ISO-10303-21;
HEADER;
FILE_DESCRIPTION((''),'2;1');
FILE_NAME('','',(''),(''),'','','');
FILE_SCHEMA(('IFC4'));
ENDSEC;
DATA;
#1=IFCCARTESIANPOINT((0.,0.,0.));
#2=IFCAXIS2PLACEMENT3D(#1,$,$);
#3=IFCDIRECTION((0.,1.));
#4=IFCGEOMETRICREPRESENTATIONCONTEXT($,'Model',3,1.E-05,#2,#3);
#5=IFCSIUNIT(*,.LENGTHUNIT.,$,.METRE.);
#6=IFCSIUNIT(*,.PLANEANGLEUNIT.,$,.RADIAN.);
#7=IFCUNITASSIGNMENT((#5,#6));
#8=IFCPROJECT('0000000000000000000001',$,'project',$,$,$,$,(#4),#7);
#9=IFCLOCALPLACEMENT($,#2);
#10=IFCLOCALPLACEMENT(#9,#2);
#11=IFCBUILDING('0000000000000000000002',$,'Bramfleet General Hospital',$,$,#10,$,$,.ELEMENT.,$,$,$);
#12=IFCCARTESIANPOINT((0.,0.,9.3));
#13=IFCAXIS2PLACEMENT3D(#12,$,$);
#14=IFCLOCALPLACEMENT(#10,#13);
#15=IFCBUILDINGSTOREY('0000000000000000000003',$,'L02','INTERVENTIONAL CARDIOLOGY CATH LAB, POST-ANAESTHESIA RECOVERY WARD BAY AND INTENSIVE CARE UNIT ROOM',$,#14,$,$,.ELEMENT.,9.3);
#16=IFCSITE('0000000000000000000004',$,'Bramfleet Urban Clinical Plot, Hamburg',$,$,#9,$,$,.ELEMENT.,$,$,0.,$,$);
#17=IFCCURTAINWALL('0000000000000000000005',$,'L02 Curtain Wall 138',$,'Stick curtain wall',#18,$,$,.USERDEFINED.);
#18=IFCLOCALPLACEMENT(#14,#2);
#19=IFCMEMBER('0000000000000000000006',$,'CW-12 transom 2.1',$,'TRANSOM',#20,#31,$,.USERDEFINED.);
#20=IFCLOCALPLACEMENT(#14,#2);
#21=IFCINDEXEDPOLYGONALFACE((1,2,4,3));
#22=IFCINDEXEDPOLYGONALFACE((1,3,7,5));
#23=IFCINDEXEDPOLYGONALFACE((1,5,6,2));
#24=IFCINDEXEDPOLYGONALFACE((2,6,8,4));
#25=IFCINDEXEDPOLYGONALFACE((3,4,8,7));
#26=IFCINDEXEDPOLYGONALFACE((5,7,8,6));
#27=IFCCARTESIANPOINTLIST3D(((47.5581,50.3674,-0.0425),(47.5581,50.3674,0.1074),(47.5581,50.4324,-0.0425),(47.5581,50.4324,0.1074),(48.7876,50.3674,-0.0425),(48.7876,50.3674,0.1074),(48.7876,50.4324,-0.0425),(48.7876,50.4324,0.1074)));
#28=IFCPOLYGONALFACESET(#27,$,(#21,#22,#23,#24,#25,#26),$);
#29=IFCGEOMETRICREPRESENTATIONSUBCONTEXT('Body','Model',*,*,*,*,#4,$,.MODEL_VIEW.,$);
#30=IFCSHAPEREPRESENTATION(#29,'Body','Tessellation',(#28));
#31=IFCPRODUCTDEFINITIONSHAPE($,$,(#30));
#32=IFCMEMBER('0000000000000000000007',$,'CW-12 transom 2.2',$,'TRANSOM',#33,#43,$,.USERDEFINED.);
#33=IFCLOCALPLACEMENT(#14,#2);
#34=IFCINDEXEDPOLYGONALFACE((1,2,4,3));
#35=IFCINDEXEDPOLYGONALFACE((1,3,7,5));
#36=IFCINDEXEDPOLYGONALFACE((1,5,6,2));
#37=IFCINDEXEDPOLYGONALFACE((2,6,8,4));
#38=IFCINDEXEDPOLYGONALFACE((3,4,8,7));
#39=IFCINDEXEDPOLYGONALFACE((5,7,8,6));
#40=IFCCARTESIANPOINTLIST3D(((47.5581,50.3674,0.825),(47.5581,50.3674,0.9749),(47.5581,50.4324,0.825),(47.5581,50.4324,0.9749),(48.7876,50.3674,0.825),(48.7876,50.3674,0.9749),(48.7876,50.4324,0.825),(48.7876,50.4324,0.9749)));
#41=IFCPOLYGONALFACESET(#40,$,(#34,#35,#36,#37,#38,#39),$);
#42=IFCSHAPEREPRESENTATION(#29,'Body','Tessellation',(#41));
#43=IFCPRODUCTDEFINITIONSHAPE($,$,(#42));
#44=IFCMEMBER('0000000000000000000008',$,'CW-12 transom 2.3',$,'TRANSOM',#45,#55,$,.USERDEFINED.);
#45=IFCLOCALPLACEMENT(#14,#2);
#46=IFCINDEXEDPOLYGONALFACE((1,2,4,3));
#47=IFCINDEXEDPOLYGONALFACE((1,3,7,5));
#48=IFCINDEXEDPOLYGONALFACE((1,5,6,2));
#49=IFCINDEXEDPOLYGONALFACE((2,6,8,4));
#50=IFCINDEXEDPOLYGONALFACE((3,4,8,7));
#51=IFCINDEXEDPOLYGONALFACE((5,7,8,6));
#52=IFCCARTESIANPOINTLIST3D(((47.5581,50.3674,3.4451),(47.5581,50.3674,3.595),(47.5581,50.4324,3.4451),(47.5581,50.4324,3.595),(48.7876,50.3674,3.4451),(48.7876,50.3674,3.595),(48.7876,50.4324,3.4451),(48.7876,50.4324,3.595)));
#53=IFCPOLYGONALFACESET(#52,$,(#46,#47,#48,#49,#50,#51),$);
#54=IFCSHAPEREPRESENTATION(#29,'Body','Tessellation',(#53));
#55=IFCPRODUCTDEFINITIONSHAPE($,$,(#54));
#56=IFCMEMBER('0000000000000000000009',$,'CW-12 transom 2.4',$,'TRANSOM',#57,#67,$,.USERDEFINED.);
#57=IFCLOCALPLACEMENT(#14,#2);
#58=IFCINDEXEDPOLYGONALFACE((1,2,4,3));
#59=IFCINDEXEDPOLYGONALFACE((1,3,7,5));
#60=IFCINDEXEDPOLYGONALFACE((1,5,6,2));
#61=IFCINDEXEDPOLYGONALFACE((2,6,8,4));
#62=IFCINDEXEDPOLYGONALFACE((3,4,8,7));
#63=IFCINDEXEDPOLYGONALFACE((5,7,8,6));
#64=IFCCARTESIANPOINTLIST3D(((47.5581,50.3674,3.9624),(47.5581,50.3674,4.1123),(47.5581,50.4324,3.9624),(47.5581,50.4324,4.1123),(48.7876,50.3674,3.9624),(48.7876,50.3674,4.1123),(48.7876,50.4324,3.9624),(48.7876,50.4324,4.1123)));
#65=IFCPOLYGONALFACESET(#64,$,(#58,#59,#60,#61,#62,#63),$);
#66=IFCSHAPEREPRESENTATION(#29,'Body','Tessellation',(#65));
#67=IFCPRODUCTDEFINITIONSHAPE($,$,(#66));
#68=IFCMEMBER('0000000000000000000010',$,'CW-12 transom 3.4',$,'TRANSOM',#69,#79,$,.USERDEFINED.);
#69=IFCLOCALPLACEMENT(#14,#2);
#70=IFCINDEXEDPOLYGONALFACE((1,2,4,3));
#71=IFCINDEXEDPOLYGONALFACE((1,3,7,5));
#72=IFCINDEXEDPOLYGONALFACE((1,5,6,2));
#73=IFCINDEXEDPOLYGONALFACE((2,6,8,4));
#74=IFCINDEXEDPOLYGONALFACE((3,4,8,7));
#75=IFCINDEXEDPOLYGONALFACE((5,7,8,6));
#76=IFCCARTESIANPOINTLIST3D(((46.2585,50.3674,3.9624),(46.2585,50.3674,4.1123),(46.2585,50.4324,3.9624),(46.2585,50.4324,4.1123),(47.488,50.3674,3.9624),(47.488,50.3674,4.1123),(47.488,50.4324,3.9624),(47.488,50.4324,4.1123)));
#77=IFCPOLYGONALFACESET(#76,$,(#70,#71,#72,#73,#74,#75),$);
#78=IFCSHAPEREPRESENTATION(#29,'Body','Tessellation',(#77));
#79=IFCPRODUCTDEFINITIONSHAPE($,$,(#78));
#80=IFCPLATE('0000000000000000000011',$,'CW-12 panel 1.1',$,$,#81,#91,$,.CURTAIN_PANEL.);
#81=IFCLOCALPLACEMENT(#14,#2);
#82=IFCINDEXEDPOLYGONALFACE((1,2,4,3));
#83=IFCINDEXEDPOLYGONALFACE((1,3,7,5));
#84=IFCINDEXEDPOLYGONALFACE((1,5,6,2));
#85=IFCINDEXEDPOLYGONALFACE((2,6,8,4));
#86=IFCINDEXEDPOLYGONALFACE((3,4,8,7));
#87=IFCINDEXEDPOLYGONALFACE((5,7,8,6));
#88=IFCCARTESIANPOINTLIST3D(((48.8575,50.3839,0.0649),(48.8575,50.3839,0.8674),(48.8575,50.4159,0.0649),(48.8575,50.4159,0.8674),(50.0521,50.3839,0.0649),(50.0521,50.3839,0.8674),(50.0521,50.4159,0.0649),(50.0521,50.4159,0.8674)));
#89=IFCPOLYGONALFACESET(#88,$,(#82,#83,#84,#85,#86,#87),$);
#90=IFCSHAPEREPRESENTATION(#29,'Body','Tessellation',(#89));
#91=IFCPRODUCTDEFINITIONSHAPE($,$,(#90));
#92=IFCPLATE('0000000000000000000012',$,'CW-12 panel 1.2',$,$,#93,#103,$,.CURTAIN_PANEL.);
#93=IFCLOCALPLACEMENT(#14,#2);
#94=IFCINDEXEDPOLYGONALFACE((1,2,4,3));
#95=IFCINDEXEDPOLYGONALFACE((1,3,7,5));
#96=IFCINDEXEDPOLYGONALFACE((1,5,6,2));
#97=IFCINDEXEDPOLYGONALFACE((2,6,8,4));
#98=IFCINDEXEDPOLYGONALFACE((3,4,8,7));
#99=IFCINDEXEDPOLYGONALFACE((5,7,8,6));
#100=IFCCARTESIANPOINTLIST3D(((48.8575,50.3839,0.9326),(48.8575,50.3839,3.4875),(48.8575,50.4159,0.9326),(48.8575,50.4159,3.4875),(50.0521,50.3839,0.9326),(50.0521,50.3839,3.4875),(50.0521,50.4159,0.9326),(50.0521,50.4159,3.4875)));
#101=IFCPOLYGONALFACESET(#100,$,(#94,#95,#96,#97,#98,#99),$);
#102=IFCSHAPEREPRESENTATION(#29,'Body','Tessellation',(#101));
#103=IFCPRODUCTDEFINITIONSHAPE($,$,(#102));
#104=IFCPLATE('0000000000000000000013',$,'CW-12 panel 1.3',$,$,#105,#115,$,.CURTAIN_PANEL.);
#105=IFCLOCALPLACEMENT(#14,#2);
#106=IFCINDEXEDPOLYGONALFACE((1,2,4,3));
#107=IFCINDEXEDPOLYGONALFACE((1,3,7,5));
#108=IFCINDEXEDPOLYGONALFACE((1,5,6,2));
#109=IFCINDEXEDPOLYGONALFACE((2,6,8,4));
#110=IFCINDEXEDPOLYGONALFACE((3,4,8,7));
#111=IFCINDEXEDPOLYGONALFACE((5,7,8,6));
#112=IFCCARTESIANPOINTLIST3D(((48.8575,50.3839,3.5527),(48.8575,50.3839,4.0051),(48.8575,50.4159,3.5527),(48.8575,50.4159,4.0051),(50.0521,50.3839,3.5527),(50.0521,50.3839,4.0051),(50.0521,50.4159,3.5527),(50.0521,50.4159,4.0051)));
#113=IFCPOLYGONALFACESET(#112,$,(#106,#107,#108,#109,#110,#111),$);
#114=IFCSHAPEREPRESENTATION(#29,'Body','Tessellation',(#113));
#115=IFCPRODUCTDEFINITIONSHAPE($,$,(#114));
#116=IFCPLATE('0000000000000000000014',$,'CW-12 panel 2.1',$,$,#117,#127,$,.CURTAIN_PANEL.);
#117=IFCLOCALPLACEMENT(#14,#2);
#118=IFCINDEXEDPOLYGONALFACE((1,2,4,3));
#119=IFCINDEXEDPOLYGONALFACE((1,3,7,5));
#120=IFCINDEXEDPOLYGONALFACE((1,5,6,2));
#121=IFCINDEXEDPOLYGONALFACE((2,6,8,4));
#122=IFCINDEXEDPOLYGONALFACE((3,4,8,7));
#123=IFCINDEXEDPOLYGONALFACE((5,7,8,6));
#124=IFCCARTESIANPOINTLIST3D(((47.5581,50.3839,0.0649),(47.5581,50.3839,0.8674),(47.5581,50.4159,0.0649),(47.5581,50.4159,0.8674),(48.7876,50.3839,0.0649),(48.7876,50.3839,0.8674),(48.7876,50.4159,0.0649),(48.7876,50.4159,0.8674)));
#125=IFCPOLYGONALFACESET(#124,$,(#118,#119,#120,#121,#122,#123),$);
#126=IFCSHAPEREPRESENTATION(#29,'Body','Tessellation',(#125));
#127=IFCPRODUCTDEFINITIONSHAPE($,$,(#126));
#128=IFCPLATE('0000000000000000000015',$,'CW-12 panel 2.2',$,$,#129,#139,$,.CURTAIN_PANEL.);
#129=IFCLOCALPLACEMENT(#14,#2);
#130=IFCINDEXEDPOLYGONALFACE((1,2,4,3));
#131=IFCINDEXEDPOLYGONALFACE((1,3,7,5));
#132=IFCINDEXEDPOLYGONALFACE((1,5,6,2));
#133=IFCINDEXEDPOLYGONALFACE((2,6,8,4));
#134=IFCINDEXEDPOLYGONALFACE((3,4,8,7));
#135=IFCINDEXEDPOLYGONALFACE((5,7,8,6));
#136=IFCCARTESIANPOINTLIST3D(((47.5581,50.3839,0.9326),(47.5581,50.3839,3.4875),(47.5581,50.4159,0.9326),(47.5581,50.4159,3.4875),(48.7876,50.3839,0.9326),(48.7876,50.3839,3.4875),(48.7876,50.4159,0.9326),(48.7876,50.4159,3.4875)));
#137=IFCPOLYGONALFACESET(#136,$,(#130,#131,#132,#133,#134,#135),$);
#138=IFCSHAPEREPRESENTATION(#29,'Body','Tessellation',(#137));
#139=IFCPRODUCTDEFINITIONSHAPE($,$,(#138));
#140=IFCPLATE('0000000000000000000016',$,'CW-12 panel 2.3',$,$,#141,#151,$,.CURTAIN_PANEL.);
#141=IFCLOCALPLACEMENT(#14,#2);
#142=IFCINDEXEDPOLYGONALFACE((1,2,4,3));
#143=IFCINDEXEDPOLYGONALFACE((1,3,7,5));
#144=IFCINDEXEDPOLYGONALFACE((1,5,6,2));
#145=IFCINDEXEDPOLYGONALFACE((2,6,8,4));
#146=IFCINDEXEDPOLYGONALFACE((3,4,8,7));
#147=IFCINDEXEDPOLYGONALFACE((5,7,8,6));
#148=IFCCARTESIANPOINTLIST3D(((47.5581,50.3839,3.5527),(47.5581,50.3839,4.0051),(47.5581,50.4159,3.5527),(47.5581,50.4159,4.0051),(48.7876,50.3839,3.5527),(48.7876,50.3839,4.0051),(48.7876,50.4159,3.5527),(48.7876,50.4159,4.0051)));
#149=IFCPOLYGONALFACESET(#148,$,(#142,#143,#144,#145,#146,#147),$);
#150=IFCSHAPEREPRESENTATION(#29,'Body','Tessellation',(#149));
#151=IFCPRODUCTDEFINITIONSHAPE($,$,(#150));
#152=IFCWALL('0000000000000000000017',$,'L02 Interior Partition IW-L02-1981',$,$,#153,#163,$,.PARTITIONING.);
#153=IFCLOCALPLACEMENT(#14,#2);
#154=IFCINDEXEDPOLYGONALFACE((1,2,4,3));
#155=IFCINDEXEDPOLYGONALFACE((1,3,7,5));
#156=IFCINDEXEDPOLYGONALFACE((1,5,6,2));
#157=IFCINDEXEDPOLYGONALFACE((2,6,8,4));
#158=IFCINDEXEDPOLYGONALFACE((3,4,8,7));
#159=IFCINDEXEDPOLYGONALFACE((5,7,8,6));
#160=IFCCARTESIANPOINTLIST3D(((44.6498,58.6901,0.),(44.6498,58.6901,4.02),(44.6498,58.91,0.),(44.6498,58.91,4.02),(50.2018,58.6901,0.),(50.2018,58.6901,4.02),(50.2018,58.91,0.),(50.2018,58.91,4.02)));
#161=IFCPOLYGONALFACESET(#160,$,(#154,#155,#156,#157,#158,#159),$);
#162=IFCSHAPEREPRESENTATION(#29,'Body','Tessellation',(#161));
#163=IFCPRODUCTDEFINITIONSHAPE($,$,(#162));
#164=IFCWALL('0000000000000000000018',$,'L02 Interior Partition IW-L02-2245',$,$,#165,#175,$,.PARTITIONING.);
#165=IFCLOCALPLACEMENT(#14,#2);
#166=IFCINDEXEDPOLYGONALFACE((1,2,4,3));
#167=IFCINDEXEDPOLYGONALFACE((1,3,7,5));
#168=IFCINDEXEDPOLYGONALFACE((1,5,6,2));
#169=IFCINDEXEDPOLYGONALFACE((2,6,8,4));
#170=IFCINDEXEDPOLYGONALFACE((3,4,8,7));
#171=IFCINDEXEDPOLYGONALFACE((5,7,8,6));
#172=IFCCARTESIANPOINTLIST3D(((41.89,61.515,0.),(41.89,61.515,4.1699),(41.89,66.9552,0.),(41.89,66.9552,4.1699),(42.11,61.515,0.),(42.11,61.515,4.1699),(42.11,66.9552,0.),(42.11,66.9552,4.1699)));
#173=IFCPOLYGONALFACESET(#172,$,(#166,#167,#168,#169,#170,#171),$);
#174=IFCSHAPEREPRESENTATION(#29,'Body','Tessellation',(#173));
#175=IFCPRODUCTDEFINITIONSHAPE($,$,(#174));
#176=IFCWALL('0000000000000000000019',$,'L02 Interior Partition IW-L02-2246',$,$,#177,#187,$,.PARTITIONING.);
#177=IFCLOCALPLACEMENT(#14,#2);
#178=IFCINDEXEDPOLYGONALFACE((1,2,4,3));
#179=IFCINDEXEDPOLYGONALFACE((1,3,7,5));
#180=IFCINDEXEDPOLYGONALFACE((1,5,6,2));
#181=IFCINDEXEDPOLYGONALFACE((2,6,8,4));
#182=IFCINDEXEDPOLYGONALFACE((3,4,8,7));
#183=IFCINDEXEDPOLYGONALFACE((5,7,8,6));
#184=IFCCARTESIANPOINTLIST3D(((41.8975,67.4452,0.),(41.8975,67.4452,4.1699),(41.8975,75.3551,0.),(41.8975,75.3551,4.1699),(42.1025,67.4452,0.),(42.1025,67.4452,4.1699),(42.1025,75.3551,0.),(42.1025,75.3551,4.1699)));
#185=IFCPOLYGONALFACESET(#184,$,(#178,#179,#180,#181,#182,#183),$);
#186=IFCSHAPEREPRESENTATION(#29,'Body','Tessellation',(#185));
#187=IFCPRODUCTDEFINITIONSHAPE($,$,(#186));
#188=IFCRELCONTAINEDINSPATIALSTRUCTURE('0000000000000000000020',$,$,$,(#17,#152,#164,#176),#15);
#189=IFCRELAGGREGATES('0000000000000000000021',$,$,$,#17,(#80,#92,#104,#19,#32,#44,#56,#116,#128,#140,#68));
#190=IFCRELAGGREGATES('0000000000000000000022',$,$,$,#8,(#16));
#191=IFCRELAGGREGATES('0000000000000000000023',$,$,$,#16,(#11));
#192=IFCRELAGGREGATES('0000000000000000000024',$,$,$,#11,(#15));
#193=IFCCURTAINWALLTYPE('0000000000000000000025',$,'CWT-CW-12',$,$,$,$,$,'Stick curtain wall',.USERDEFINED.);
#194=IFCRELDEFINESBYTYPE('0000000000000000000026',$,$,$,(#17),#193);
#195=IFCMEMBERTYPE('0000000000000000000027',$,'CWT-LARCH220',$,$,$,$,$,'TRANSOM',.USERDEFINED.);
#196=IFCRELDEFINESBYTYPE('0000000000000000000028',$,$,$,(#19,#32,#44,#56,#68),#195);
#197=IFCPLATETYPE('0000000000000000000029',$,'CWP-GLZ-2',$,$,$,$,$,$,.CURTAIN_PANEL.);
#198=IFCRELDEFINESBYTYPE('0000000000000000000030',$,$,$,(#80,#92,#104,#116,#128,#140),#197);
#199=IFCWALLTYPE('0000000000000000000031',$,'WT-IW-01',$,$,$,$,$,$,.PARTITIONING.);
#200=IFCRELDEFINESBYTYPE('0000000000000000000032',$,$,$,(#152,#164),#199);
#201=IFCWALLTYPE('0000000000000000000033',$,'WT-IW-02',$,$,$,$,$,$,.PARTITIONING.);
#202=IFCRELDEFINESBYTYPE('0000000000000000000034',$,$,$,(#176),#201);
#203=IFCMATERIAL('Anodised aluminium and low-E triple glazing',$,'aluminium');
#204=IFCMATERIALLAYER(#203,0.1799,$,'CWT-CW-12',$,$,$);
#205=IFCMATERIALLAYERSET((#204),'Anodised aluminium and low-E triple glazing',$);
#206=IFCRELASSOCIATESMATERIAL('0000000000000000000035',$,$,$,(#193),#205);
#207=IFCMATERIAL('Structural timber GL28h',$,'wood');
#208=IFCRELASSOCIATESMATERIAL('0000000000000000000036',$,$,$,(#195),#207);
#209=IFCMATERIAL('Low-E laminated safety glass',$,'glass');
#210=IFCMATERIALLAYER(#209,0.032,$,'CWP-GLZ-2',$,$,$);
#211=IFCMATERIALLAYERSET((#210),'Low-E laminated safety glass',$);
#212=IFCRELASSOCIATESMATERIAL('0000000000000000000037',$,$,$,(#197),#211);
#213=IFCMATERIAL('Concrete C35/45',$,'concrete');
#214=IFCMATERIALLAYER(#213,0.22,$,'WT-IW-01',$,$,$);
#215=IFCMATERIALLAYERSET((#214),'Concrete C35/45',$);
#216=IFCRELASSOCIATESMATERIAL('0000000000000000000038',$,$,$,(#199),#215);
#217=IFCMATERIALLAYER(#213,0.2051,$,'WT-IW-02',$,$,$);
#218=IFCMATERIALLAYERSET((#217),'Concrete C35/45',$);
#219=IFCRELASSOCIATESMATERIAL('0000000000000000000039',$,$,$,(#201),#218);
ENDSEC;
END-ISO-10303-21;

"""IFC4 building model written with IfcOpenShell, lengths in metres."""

from ifc_helpers import new_model, si_unit, direction, frame, frame_2d, origin, origin_2d, place, context, subcontext, project, spatial, rectangle, extrude, material, layer, layer_set, material_profile, profile_set, type_object, element, aggregate, save


model = new_model("IFC4")

# Units and contexts
model_context = context("Model", 3, precision=1e-05, world=origin(), true_north=direction((0.0, 1.0)))
body_context = subcontext(model_context, "Body", "Model", "MODEL_VIEW")
ifc_project = project(units=[si_unit("LENGTHUNIT", "METRE"), si_unit("PLANEANGLEUNIT", "RADIAN")], contexts=[model_context])

# Site, building, storey
site_placement = place(None, origin())
site = spatial("IfcSite", under=ifc_project, at=site_placement, Name="Bramfleet Urban Clinical Plot, Hamburg", CompositionType="ELEMENT", RefElevation=0.0)
building_placement = place(site_placement, origin())
building = spatial("IfcBuilding", under=site, at=building_placement, Name="Bramfleet General Hospital", CompositionType="ELEMENT")
storey_placement = place(building_placement, frame((0.0, 0.0, 9.3)))
storey = spatial("IfcBuildingStorey", under=building, at=storey_placement, Name="L02", Description="INTERVENTIONAL CARDIOLOGY CATH LAB, POST-ANAESTHESIA RECOVERY WARD BAY AND INTENSIVE CARE UNIT ROOM", CompositionType="ELEMENT", Elevation=9.3)

# Shared definitions
ifc_material_1 = material(Name="Concrete C35/45", Category="concrete")

# Curtain wall, members, plates
ifc_material_2 = material(Name="Anodised aluminium and low-E triple glazing", Category="aluminium")
ifc_layer_1 = layer(ifc_material_2, 0.1799, Name="CWT-CW-12")
ifc_layer_set_1 = layer_set([ifc_layer_1], Name="Anodised aluminium and low-E triple glazing")
curtain_wall_type = type_object("IfcCurtainWallType", Name="CWT-CW-12", ElementType="Stick curtain wall", PredefinedType="USERDEFINED", material=ifc_layer_set_1)
curtain_wall_placement = place(storey_placement, origin())
curtain_wall = element("IfcCurtainWall", 1, at=curtain_wall_placement, inside=storey, type_object=curtain_wall_type, Name="L02 Curtain Wall 138", ObjectType="Stick curtain wall", PredefinedType="USERDEFINED")
ifc_material_3 = material(Name="Structural timber GL28h", Category="wood")
ifc_material_profile_1 = material_profile(ifc_material_3, rectangle(XDim=0.0649, YDim=0.1499, at=origin_2d()), Name="LARCH 150x65")
ifc_profile_set_1 = profile_set([ifc_material_profile_1], Name="Structural timber GL28h")
member_type_1 = type_object("IfcMemberType", Name="CWT-LARCH220", ElementType="TRANSOM", PredefinedType="USERDEFINED", material=ifc_profile_set_1)
member_1_placement = place(storey_placement, frame((48.7876, 50.3999, 0.0325), z_axis=(-1.0, 0.0, 0.0), x_axis=(0.0, -1.0, 0.0)))
member_1 = element("IfcMember", 2, at=member_1_placement, type_object=member_type_1, Name="CW-12 transom 2.1", ObjectType="TRANSOM", PredefinedType="USERDEFINED", context=body_context, shape_type="SweptSolid", body=[
    extrude(rectangle(XDim=0.0649, YDim=0.1499, at=origin_2d()), origin(), (0.0, 0.0, 1.0), 1.2295),
])
member_2_placement = place(storey_placement, frame((48.7876, 50.3999, 0.8999), z_axis=(-1.0, 0.0, 0.0), x_axis=(0.0, -1.0, 0.0)))
member_2 = element("IfcMember", 3, at=member_2_placement, type_object=member_type_1, Name="CW-12 transom 2.2", ObjectType="TRANSOM", PredefinedType="USERDEFINED", context=body_context, shape_type="SweptSolid", body=[
    extrude(rectangle(XDim=0.0649, YDim=0.1499, at=origin_2d()), origin(), (0.0, 0.0, 1.0), 1.2295),
])
member_3_placement = place(storey_placement, frame((48.7876, 50.3999, 3.52), z_axis=(-1.0, 0.0, 0.0), x_axis=(0.0, -1.0, 0.0)))
member_3 = element("IfcMember", 4, at=member_3_placement, type_object=member_type_1, Name="CW-12 transom 2.3", ObjectType="TRANSOM", PredefinedType="USERDEFINED", context=body_context, shape_type="SweptSolid", body=[
    extrude(rectangle(XDim=0.0649, YDim=0.1499, at=origin_2d()), origin(), (0.0, 0.0, 1.0), 1.2295),
])
member_4_placement = place(storey_placement, frame((48.7876, 50.3999, 4.0374), z_axis=(-1.0, 0.0, 0.0), x_axis=(0.0, -1.0, 0.0)))
member_4 = element("IfcMember", 5, at=member_4_placement, type_object=member_type_1, Name="CW-12 transom 2.4", ObjectType="TRANSOM", PredefinedType="USERDEFINED", context=body_context, shape_type="SweptSolid", body=[
    extrude(rectangle(XDim=0.0649, YDim=0.1499, at=origin_2d()), origin(), (0.0, 0.0, 1.0), 1.2295),
])
member_5_placement = place(storey_placement, frame((47.488, 50.3999, 4.0374), z_axis=(-1.0, 0.0, 0.0), x_axis=(0.0, -1.0, 0.0)))
member_5 = element("IfcMember", 6, at=member_5_placement, type_object=member_type_1, Name="CW-12 transom 3.4", ObjectType="TRANSOM", PredefinedType="USERDEFINED", context=body_context, shape_type="SweptSolid", body=[
    extrude(rectangle(XDim=0.0649, YDim=0.1499, at=origin_2d()), origin(), (0.0, 0.0, 1.0), 1.2295),
])
ifc_material_4 = material(Name="Low-E laminated safety glass", Category="glass")
ifc_layer_2 = layer(ifc_material_4, 0.032, Name="CWP-GLZ-2")
ifc_layer_set_2 = layer_set([ifc_layer_2], Name="Low-E laminated safety glass")
plate_type = type_object("IfcPlateType", Name="CWP-GLZ-2", PredefinedType="CURTAIN_PANEL", material=ifc_layer_set_2)
plate_1_placement = place(storey_placement, frame((49.4548, 50.3999, 0.0649), z_axis=(0.0, 0.0, 1.0), x_axis=(-1.0, 0.0, 0.0)))
plate_1 = element("IfcPlate", 7, at=plate_1_placement, type_object=plate_type, Name="CW-12 panel 1.1", PredefinedType="CURTAIN_PANEL", context=body_context, shape_type="SweptSolid", body=[
    extrude(rectangle(XDim=1.1946, YDim=0.032, at=origin_2d()), origin(), (0.0, 0.0, 1.0), 0.8025),
])
plate_2_placement = place(storey_placement, frame((49.4548, 50.3999, 0.9326), z_axis=(0.0, 0.0, 1.0), x_axis=(-1.0, 0.0, 0.0)))
plate_2 = element("IfcPlate", 8, at=plate_2_placement, type_object=plate_type, Name="CW-12 panel 1.2", PredefinedType="CURTAIN_PANEL", context=body_context, shape_type="SweptSolid", body=[
    extrude(rectangle(XDim=1.1946, YDim=0.032, at=origin_2d()), origin(), (0.0, 0.0, 1.0), 2.5549),
])
plate_3_placement = place(storey_placement, frame((49.4548, 50.3999, 3.5527), z_axis=(0.0, 0.0, 1.0), x_axis=(-1.0, 0.0, 0.0)))
plate_3 = element("IfcPlate", 9, at=plate_3_placement, type_object=plate_type, Name="CW-12 panel 1.3", PredefinedType="CURTAIN_PANEL", context=body_context, shape_type="SweptSolid", body=[
    extrude(rectangle(XDim=1.1946, YDim=0.032, at=origin_2d()), origin(), (0.0, 0.0, 1.0), 0.4524),
])
plate_4_placement = place(storey_placement, frame((48.1729, 50.3999, 0.0649), z_axis=(0.0, 0.0, 1.0), x_axis=(-1.0, 0.0, 0.0)))
plate_4 = element("IfcPlate", 10, at=plate_4_placement, type_object=plate_type, Name="CW-12 panel 2.1", PredefinedType="CURTAIN_PANEL", context=body_context, shape_type="SweptSolid", body=[
    extrude(rectangle(XDim=1.2295, YDim=0.032, at=origin_2d()), origin(), (0.0, 0.0, 1.0), 0.8025),
])
plate_5_placement = place(storey_placement, frame((48.1729, 50.3999, 0.9326), z_axis=(0.0, 0.0, 1.0), x_axis=(-1.0, 0.0, 0.0)))
plate_5 = element("IfcPlate", 11, at=plate_5_placement, type_object=plate_type, Name="CW-12 panel 2.2", PredefinedType="CURTAIN_PANEL", context=body_context, shape_type="SweptSolid", body=[
    extrude(rectangle(XDim=1.2295, YDim=0.032, at=origin_2d()), origin(), (0.0, 0.0, 1.0), 2.5549),
])
plate_6_placement = place(storey_placement, frame((48.1729, 50.3999, 3.5527), z_axis=(0.0, 0.0, 1.0), x_axis=(-1.0, 0.0, 0.0)))
plate_6 = element("IfcPlate", 12, at=plate_6_placement, type_object=plate_type, Name="CW-12 panel 2.3", PredefinedType="CURTAIN_PANEL", context=body_context, shape_type="SweptSolid", body=[
    extrude(rectangle(XDim=1.2295, YDim=0.032, at=origin_2d()), origin(), (0.0, 0.0, 1.0), 0.4524),
])
aggregate(curtain_wall, [plate_1, plate_2, plate_3, member_1, member_2, member_3, member_4, plate_4, plate_5, plate_6, member_5])

# Walls
ifc_layer_3 = layer(ifc_material_1, 0.22, Name="WT-IW-01")
ifc_layer_set_3 = layer_set([ifc_layer_3], Name="Concrete C35/45")
wall_type_1 = type_object("IfcWallType", Name="WT-IW-01", PredefinedType="PARTITIONING", material=ifc_layer_set_3)
wall_1_placement = place(storey_placement, frame((44.6499, 58.8, 0.0), z_axis=(0.0, 0.0, 1.0), x_axis=(1.0, 0.0, 0.0)))
element("IfcWall", 13, at=wall_1_placement, inside=storey, type_object=wall_type_1, Name="L02 Interior Partition IW-L02-1981", PredefinedType="PARTITIONING", context=body_context, shape_type="SweptSolid", body=[
    extrude(rectangle(XDim=5.552, YDim=0.22, at=frame_2d((2.7759, 0.0))), origin(), (0.0, 0.0, 1.0), 4.02),
])
wall_2_placement = place(storey_placement, frame((42.0, 61.5149, 0.0), z_axis=(0.0, 0.0, 1.0), x_axis=(0.0, 1.0, 0.0)))
element("IfcWall", 14, at=wall_2_placement, inside=storey, type_object=wall_type_1, Name="L02 Interior Partition IW-L02-2245", PredefinedType="PARTITIONING", context=body_context, shape_type="SweptSolid", body=[
    extrude(rectangle(XDim=5.4402, YDim=0.22, at=frame_2d((2.7202, 0.0))), origin(), (0.0, 0.0, 1.0), 4.1699),
])
ifc_layer_4 = layer(ifc_material_1, 0.2051, Name="WT-IW-02")
ifc_layer_set_4 = layer_set([ifc_layer_4], Name="Concrete C35/45")
wall_type_2 = type_object("IfcWallType", Name="WT-IW-02", PredefinedType="PARTITIONING", material=ifc_layer_set_4)
wall_3_placement = place(storey_placement, frame((42.0, 67.4451, 0.0), z_axis=(0.0, 0.0, 1.0), x_axis=(0.0, 1.0, 0.0)))
element("IfcWall", 15, at=wall_3_placement, inside=storey, type_object=wall_type_2, Name="L02 Interior Partition IW-L02-2246", PredefinedType="PARTITIONING", context=body_context, shape_type="SweptSolid", body=[
    extrude(rectangle(XDim=7.9099, YDim=0.2051, at=frame_2d((3.9551, 0.0))), origin(), (0.0, 0.0, 1.0), 4.1699),
])

save(model, "model.ifc")
